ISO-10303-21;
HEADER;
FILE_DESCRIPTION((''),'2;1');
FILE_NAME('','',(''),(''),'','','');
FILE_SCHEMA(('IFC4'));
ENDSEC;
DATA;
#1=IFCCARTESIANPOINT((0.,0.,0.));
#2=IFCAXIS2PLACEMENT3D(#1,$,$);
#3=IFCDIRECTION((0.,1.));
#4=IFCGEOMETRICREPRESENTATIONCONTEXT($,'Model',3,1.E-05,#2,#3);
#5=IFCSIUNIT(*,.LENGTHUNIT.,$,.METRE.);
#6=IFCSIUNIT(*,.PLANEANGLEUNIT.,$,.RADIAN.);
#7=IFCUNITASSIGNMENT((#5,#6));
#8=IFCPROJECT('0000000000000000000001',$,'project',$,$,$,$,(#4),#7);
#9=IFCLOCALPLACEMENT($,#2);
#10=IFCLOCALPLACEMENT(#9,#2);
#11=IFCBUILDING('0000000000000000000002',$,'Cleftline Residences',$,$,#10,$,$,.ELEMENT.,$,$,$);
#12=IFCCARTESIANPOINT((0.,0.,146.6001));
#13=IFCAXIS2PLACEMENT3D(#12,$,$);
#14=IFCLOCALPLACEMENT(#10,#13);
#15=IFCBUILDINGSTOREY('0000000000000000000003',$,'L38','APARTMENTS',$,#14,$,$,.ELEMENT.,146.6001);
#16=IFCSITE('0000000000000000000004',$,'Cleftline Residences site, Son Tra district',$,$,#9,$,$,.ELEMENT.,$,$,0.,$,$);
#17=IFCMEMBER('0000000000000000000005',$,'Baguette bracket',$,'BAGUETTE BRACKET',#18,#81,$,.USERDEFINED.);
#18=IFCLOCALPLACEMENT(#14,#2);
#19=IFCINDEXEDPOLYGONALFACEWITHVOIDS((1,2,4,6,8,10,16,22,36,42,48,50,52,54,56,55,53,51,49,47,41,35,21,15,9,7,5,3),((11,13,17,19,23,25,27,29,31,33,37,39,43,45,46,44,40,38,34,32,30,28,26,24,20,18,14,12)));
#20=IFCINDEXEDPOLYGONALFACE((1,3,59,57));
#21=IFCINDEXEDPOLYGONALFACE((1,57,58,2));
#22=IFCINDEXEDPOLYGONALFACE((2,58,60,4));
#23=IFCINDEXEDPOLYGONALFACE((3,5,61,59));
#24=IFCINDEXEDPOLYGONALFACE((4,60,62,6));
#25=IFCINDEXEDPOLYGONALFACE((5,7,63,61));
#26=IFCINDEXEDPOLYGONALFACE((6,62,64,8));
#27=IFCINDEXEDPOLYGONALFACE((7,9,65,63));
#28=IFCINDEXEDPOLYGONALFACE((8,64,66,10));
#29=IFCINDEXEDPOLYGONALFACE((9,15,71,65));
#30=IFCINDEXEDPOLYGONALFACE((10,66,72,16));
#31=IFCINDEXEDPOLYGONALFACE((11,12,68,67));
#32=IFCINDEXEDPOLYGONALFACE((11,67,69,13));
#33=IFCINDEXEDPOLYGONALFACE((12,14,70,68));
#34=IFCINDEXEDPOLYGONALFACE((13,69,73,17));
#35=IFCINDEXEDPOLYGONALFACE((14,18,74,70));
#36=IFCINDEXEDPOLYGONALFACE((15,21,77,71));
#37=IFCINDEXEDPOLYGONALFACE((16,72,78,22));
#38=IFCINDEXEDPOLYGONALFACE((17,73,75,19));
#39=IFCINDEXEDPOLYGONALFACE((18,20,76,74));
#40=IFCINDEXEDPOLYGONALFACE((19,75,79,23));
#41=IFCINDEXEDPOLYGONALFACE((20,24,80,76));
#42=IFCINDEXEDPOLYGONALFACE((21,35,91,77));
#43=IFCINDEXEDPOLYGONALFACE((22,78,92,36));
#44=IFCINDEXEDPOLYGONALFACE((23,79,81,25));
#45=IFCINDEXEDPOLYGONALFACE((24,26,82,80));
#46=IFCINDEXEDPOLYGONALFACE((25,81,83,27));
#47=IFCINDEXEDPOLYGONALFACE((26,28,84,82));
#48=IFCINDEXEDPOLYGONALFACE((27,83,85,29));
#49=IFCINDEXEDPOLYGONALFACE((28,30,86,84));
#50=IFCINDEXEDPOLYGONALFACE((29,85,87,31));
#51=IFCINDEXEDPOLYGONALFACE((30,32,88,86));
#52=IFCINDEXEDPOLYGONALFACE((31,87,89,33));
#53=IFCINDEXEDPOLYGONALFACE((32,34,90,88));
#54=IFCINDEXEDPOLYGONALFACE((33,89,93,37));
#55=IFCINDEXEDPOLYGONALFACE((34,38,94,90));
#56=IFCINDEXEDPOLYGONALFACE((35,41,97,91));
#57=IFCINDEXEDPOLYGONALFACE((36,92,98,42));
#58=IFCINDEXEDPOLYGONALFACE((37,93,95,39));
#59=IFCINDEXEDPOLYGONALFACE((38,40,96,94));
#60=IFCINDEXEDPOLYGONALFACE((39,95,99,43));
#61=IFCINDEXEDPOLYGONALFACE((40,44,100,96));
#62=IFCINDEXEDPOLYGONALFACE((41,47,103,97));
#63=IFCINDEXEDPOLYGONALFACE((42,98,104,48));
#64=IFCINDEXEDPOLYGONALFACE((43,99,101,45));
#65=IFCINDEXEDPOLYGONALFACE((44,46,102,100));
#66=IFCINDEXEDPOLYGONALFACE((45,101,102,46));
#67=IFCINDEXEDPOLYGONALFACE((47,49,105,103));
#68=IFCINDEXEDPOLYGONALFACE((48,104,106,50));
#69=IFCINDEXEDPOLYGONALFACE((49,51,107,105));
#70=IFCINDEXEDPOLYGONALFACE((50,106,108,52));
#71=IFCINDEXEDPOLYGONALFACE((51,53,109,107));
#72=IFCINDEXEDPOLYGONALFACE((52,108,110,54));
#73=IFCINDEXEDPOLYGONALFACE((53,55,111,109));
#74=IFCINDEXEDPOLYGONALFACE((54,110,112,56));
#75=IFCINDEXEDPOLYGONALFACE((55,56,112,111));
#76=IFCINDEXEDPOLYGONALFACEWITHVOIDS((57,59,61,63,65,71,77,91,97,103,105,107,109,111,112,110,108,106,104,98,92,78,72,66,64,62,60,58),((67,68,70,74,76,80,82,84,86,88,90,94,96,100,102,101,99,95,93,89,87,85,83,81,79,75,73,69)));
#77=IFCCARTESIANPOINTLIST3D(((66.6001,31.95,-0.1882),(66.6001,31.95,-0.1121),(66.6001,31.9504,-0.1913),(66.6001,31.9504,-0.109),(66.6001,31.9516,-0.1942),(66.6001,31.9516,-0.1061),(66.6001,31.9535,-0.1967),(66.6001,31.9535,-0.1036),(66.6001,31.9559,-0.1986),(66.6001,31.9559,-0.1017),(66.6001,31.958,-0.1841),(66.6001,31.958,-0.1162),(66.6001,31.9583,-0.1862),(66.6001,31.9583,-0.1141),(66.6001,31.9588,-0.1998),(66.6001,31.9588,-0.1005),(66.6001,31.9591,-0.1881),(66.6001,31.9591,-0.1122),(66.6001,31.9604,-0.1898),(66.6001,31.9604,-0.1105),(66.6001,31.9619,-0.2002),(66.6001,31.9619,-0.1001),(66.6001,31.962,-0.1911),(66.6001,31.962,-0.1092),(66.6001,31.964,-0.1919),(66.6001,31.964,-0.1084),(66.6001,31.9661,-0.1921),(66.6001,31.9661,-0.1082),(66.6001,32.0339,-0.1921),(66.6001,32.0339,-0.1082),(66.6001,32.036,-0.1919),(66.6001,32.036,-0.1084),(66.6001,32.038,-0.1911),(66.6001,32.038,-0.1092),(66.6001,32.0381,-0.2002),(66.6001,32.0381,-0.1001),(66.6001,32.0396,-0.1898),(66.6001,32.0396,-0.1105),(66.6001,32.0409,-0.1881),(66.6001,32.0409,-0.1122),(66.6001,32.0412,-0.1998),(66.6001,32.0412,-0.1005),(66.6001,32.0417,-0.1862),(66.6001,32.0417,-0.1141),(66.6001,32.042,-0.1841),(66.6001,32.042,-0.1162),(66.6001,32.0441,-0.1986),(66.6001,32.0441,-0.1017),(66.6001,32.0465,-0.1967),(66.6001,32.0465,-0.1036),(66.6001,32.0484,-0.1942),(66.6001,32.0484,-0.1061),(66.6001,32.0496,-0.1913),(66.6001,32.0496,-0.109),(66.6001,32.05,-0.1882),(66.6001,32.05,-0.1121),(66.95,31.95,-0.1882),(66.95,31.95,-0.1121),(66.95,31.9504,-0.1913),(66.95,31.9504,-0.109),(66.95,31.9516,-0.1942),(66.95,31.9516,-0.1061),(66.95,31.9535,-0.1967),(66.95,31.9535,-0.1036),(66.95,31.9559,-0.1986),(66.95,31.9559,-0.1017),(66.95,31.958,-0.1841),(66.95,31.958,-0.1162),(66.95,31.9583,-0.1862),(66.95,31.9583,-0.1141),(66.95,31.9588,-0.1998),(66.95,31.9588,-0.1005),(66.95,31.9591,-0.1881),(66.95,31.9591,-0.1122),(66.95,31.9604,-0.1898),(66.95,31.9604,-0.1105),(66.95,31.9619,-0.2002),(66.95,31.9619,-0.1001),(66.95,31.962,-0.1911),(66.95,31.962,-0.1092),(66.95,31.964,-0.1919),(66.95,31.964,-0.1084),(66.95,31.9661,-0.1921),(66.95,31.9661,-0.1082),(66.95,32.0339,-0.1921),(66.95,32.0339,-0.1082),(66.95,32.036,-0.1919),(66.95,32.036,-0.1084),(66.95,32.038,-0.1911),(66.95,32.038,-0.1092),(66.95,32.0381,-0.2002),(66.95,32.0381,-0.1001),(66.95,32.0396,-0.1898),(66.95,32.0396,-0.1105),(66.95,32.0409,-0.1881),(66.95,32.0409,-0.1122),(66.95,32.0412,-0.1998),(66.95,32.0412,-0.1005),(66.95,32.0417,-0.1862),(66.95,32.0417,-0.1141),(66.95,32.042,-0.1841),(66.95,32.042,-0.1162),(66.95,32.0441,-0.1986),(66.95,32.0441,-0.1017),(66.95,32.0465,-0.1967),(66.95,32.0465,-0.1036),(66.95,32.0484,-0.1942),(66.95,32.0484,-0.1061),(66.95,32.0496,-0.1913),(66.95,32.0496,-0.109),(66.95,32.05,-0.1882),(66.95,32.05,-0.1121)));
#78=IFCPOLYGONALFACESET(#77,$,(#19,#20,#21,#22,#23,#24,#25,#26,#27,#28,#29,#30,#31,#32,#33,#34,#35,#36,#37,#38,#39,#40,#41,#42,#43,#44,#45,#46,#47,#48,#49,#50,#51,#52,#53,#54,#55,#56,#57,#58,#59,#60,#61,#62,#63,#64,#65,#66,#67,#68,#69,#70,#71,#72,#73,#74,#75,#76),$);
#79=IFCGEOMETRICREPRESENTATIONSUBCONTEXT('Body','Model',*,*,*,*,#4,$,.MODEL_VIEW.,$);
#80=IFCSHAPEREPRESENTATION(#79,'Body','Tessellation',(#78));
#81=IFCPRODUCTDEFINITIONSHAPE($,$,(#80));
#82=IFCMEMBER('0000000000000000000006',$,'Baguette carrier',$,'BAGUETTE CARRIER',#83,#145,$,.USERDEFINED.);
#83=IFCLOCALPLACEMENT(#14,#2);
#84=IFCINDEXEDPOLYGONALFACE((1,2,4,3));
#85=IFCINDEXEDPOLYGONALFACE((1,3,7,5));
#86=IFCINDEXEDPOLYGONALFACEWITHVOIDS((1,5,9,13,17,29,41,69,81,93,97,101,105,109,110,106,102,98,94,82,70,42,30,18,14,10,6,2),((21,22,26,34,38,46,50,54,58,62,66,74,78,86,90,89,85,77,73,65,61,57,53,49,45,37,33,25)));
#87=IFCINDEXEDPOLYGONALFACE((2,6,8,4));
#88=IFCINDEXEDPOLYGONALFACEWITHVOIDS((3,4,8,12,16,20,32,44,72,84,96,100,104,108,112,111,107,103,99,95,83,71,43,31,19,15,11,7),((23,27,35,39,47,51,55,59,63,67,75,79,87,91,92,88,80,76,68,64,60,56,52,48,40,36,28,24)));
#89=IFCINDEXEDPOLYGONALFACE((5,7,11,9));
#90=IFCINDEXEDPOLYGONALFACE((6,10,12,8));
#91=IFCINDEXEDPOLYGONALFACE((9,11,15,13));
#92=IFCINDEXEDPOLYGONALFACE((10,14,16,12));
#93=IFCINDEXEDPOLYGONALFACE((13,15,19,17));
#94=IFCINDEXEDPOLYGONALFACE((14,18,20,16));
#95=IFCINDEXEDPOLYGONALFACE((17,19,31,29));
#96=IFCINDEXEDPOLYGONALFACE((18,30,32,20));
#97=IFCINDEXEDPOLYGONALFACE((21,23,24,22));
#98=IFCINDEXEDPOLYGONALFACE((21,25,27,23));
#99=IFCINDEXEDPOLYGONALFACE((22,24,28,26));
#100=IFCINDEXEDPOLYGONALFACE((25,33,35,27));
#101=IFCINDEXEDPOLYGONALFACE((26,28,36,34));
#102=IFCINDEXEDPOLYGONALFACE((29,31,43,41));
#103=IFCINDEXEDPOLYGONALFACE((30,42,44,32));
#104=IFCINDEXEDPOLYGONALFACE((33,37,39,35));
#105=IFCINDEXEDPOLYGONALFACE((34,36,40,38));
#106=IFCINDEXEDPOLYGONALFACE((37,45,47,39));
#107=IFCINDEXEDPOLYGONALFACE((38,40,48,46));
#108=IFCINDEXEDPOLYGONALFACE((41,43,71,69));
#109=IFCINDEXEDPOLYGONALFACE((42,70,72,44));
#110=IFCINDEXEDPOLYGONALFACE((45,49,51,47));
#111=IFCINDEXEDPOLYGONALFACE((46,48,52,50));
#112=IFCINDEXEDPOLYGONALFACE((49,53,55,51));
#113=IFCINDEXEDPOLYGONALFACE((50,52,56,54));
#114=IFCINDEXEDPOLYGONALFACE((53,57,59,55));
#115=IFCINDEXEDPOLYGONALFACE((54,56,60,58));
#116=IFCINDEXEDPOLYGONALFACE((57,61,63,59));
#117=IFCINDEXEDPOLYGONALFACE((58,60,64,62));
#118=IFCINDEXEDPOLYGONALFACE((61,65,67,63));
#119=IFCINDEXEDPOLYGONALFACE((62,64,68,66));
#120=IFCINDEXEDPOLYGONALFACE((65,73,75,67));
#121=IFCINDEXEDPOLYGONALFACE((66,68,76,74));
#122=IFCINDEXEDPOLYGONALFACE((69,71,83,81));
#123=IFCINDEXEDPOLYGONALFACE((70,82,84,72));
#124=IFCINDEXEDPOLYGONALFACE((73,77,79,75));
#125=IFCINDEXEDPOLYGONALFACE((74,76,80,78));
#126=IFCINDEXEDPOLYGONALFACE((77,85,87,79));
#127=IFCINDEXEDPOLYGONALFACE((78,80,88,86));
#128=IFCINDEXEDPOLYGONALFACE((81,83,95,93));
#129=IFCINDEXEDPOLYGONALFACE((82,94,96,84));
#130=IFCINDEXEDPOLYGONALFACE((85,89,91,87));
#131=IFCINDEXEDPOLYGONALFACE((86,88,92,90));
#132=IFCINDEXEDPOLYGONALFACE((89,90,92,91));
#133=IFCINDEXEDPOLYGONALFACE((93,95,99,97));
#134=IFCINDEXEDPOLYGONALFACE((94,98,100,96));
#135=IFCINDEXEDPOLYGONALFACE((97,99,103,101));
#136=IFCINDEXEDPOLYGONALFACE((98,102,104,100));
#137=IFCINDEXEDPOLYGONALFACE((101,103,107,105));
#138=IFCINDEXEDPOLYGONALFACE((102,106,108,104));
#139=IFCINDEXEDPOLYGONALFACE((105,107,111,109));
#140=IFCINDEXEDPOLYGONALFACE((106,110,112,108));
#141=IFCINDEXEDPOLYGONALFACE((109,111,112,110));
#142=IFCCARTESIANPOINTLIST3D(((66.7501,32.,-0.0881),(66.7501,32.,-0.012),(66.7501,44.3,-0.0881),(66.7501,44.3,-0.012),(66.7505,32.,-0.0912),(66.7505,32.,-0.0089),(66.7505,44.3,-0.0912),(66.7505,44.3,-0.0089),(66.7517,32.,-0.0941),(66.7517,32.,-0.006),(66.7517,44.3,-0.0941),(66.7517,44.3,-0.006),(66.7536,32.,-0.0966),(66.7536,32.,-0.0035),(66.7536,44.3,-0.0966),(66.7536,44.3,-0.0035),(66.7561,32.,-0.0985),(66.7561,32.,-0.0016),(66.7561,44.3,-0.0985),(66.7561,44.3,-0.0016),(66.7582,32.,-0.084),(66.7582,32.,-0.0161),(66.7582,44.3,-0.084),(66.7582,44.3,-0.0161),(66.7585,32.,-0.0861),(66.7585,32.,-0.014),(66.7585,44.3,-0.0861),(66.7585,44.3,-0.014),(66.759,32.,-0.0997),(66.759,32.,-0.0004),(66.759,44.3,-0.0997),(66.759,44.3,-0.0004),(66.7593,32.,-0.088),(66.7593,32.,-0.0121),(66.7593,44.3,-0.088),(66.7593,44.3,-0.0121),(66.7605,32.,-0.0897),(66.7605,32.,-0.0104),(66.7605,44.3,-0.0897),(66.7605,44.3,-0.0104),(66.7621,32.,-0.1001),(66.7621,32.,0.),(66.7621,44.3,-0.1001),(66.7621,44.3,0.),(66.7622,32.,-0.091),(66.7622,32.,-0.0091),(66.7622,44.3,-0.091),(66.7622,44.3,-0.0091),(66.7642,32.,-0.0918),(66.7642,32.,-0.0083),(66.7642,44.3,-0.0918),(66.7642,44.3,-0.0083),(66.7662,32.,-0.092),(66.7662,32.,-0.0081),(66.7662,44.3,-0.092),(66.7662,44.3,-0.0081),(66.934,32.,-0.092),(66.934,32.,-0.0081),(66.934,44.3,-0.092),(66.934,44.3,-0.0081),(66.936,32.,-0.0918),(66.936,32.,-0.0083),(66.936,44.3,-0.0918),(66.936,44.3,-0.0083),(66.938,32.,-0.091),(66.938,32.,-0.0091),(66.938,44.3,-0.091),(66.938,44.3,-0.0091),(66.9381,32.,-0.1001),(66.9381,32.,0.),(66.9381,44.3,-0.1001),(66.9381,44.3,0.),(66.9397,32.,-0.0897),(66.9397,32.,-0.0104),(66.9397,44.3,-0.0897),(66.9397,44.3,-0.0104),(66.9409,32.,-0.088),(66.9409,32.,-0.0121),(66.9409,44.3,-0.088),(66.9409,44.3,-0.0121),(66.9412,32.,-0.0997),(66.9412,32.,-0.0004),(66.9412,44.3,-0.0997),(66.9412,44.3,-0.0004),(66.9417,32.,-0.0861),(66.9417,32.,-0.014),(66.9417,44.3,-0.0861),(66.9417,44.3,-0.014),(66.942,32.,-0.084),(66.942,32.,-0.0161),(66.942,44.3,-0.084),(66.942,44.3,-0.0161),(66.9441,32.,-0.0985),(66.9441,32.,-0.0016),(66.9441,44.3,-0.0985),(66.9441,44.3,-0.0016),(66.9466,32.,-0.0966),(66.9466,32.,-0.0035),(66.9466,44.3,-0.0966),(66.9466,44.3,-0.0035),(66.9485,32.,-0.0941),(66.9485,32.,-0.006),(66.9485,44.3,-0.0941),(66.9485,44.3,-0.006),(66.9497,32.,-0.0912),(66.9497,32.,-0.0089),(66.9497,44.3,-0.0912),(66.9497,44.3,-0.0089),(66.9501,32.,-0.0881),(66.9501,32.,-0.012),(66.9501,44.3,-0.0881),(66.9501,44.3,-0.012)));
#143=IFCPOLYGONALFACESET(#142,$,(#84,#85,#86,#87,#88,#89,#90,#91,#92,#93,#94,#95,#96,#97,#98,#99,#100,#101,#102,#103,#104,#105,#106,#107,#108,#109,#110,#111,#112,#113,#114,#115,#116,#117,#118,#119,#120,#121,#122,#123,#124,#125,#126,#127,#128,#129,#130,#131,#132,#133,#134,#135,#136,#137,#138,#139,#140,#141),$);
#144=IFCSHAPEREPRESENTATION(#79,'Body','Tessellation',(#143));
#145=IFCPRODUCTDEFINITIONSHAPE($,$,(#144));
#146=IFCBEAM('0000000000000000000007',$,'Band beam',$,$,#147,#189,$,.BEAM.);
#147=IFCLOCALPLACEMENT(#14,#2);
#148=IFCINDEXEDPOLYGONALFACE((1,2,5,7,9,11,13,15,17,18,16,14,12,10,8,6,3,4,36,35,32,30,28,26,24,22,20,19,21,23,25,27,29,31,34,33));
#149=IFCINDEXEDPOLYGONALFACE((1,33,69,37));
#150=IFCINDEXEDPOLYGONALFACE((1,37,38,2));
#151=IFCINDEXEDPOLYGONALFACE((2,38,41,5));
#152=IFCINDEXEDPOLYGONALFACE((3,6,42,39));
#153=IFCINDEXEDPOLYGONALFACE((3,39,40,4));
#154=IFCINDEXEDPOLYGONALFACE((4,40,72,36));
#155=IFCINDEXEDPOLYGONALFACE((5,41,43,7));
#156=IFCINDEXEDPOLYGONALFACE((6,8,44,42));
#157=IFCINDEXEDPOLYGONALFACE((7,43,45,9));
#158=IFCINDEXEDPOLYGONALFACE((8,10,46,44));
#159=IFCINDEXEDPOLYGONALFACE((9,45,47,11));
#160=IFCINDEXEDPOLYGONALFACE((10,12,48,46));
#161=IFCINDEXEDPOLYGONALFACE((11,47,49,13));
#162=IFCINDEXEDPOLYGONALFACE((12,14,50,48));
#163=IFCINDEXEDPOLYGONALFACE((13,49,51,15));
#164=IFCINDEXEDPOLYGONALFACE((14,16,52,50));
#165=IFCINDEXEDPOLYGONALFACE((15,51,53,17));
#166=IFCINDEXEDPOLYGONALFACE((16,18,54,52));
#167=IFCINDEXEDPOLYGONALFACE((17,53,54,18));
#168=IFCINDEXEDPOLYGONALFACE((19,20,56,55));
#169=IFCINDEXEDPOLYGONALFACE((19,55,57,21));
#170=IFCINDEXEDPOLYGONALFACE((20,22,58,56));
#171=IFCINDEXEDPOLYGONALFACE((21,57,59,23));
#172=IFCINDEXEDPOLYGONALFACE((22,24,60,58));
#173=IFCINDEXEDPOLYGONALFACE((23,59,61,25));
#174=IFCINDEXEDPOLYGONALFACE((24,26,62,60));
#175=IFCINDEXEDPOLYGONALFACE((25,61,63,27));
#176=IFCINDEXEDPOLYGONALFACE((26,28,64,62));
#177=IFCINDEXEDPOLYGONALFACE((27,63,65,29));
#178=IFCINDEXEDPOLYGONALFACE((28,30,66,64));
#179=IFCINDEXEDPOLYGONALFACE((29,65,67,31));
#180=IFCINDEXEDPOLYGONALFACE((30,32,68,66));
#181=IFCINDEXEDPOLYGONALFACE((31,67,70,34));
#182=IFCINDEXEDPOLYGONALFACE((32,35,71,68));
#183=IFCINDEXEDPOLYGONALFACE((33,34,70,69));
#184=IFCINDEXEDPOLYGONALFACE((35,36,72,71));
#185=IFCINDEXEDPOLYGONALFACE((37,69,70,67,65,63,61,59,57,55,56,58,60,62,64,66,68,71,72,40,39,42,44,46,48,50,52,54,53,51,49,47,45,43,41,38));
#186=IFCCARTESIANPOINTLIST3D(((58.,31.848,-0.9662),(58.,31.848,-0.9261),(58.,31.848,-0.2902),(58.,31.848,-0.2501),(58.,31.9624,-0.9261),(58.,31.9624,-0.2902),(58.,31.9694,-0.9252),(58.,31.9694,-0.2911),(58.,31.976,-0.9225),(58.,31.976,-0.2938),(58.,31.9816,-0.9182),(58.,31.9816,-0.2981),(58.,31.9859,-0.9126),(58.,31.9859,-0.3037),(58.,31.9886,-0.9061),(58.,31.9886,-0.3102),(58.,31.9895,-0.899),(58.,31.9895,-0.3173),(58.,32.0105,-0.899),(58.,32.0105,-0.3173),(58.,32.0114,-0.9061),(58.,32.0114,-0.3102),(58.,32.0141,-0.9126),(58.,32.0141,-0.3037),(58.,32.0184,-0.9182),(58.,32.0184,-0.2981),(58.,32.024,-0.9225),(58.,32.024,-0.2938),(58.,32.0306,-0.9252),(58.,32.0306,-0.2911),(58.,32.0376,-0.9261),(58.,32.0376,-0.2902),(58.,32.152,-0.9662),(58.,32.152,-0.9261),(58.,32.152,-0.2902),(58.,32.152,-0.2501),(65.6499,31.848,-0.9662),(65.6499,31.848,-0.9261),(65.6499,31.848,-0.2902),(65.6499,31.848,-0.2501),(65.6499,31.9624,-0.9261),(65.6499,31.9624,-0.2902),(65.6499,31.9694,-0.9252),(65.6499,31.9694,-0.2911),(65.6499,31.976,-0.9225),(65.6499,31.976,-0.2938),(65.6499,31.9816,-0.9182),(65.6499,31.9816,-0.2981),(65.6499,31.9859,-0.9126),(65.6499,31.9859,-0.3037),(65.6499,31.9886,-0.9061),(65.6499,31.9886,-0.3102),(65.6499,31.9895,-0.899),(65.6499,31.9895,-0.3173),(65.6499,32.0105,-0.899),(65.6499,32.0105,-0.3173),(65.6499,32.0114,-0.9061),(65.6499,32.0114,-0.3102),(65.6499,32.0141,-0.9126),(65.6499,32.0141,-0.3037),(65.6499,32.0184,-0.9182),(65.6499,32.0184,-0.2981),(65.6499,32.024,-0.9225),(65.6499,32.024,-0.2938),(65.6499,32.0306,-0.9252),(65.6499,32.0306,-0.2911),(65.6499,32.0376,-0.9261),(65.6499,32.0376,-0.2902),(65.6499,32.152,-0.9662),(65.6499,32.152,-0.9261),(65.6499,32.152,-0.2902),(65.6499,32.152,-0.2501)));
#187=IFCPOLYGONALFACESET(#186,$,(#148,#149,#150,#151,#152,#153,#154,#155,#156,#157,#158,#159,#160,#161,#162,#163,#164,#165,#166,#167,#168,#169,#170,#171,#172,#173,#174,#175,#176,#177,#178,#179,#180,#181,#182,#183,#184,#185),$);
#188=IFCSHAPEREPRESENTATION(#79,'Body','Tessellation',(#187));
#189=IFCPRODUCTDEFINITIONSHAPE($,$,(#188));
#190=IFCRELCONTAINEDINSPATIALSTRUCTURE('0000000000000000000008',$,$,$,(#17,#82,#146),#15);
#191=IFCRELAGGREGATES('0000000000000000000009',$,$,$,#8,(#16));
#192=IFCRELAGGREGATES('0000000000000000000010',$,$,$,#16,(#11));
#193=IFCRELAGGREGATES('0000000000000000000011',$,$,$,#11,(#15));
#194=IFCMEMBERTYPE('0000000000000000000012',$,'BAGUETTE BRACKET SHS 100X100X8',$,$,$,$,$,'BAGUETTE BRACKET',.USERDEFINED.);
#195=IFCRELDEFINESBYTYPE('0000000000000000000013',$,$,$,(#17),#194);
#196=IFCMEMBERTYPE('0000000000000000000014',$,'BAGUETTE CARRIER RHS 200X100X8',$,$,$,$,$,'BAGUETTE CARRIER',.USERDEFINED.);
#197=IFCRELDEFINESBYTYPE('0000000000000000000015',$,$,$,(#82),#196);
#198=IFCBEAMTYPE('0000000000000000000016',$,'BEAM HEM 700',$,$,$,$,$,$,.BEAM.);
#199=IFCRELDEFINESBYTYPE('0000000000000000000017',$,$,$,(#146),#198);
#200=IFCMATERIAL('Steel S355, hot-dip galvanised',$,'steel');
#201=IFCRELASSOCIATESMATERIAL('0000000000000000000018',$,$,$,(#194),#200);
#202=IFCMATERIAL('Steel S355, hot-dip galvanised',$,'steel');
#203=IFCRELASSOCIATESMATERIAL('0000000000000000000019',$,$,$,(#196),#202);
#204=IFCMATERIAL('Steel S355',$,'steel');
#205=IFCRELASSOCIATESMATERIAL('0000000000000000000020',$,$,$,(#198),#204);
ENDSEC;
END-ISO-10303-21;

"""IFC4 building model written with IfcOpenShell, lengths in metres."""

from ifc_helpers import new_model, si_unit, direction, frame, origin, origin_2d, place, context, subcontext, project, spatial, hollow_rectangle, i_section, extrude, material, material_profile, profile_set, type_object, element, save


model = new_model("IFC4")

# Units and contexts
model_context = context("Model", 3, precision=1e-05, world=origin(), true_north=direction((0.0, 1.0)))
body_context = subcontext(model_context, "Body", "Model", "MODEL_VIEW")
ifc_project = project(units=[si_unit("LENGTHUNIT", "METRE"), si_unit("PLANEANGLEUNIT", "RADIAN")], contexts=[model_context])

# Site, building, storey
site_placement = place(None, origin())
site = spatial("IfcSite", under=ifc_project, at=site_placement, Name="Cleftline Residences site, Son Tra district", CompositionType="ELEMENT", RefElevation=0.0)
building_placement = place(site_placement, origin())
building = spatial("IfcBuilding", under=site, at=building_placement, Name="Cleftline Residences", CompositionType="ELEMENT")
storey_placement = place(building_placement, frame((0.0, 0.0, 146.6001)))
storey = spatial("IfcBuildingStorey", under=building, at=storey_placement, Name="L38", Description="APARTMENTS", CompositionType="ELEMENT", Elevation=146.6001)

# Members
ifc_material_1 = material(Name="Steel S355, hot-dip galvanised", Category="steel")
ifc_material_profile_1 = material_profile(ifc_material_1, hollow_rectangle(XDim=0.1001, YDim=0.1001, WallThickness=0.0081, InnerFilletRadius=0.0081, OuterFilletRadius=0.012, at=origin_2d()))
ifc_profile_set_1 = profile_set([ifc_material_profile_1], Name="Steel S355, hot-dip galvanised")
member_type_1 = type_object("IfcMemberType", Name="BAGUETTE BRACKET SHS 100X100X8", ElementType="BAGUETTE BRACKET", PredefinedType="USERDEFINED", material=ifc_profile_set_1)
member_1_placement = place(storey_placement, frame((66.6001, 32.0, -0.1501), z_axis=(1.0, 0.0, 0.0), x_axis=(0.0, 1.0, 0.0)))
element("IfcMember", 1, at=member_1_placement, inside=storey, type_object=member_type_1, Name="Baguette bracket", ObjectType="BAGUETTE BRACKET", PredefinedType="USERDEFINED", context=body_context, shape_type="SweptSolid", body=[
    extrude(hollow_rectangle(XDim=0.1001, YDim=0.1001, WallThickness=0.0081, InnerFilletRadius=0.0081, OuterFilletRadius=0.012, at=origin_2d()), origin(), (0.0, 0.0, 1.0), 0.3499),
])
ifc_material_2 = material(Name="Steel S355, hot-dip galvanised", Category="steel")
ifc_material_profile_2 = material_profile(ifc_material_2, hollow_rectangle(XDim=0.1001, YDim=0.2, WallThickness=0.0081, InnerFilletRadius=0.0081, OuterFilletRadius=0.012, at=origin_2d()))
ifc_profile_set_2 = profile_set([ifc_material_profile_2], Name="Steel S355, hot-dip galvanised")
member_type_2 = type_object("IfcMemberType", Name="BAGUETTE CARRIER RHS 200X100X8", ElementType="BAGUETTE CARRIER", PredefinedType="USERDEFINED", material=ifc_profile_set_2)
member_2_placement = place(storey_placement, frame((66.8501, 32.0, -0.05), z_axis=(0.0, 1.0, 0.0), x_axis=(0.0, 0.0, 1.0)))
element("IfcMember", 2, at=member_2_placement, inside=storey, type_object=member_type_2, Name="Baguette carrier", ObjectType="BAGUETTE CARRIER", PredefinedType="USERDEFINED", context=body_context, shape_type="SweptSolid", body=[
    extrude(hollow_rectangle(XDim=0.1001, YDim=0.2, WallThickness=0.0081, InnerFilletRadius=0.0081, OuterFilletRadius=0.012, at=origin_2d()), origin(), (0.0, 0.0, 1.0), 12.3),
])

# Beam
ifc_material_3 = material(Name="Steel S355", Category="steel")
ifc_material_profile_3 = material_profile(ifc_material_3, i_section(OverallWidth=0.304, OverallDepth=0.7161, WebThickness=0.021, FlangeThickness=0.04, FilletRadius=0.0271, at=origin_2d()))
ifc_profile_set_3 = profile_set([ifc_material_profile_3], Name="Steel S355")
beam_type = type_object("IfcBeamType", Name="BEAM HEM 700", PredefinedType="BEAM", material=ifc_profile_set_3)
beam_placement = place(storey_placement, frame((65.6499, 32.0, -0.6082), z_axis=(-1.0, 0.0, 0.0), x_axis=(0.0, -1.0, 0.0)))
element("IfcBeam", 3, at=beam_placement, inside=storey, type_object=beam_type, Name="Band beam", PredefinedType="BEAM", context=body_context, shape_type="SweptSolid", body=[
    extrude(i_section(OverallWidth=0.304, OverallDepth=0.7161, WebThickness=0.021, FlangeThickness=0.04, FilletRadius=0.0271, at=origin_2d()), origin(), (0.0, 0.0, 1.0), 7.6499),
])

save(model, "model.ifc")
